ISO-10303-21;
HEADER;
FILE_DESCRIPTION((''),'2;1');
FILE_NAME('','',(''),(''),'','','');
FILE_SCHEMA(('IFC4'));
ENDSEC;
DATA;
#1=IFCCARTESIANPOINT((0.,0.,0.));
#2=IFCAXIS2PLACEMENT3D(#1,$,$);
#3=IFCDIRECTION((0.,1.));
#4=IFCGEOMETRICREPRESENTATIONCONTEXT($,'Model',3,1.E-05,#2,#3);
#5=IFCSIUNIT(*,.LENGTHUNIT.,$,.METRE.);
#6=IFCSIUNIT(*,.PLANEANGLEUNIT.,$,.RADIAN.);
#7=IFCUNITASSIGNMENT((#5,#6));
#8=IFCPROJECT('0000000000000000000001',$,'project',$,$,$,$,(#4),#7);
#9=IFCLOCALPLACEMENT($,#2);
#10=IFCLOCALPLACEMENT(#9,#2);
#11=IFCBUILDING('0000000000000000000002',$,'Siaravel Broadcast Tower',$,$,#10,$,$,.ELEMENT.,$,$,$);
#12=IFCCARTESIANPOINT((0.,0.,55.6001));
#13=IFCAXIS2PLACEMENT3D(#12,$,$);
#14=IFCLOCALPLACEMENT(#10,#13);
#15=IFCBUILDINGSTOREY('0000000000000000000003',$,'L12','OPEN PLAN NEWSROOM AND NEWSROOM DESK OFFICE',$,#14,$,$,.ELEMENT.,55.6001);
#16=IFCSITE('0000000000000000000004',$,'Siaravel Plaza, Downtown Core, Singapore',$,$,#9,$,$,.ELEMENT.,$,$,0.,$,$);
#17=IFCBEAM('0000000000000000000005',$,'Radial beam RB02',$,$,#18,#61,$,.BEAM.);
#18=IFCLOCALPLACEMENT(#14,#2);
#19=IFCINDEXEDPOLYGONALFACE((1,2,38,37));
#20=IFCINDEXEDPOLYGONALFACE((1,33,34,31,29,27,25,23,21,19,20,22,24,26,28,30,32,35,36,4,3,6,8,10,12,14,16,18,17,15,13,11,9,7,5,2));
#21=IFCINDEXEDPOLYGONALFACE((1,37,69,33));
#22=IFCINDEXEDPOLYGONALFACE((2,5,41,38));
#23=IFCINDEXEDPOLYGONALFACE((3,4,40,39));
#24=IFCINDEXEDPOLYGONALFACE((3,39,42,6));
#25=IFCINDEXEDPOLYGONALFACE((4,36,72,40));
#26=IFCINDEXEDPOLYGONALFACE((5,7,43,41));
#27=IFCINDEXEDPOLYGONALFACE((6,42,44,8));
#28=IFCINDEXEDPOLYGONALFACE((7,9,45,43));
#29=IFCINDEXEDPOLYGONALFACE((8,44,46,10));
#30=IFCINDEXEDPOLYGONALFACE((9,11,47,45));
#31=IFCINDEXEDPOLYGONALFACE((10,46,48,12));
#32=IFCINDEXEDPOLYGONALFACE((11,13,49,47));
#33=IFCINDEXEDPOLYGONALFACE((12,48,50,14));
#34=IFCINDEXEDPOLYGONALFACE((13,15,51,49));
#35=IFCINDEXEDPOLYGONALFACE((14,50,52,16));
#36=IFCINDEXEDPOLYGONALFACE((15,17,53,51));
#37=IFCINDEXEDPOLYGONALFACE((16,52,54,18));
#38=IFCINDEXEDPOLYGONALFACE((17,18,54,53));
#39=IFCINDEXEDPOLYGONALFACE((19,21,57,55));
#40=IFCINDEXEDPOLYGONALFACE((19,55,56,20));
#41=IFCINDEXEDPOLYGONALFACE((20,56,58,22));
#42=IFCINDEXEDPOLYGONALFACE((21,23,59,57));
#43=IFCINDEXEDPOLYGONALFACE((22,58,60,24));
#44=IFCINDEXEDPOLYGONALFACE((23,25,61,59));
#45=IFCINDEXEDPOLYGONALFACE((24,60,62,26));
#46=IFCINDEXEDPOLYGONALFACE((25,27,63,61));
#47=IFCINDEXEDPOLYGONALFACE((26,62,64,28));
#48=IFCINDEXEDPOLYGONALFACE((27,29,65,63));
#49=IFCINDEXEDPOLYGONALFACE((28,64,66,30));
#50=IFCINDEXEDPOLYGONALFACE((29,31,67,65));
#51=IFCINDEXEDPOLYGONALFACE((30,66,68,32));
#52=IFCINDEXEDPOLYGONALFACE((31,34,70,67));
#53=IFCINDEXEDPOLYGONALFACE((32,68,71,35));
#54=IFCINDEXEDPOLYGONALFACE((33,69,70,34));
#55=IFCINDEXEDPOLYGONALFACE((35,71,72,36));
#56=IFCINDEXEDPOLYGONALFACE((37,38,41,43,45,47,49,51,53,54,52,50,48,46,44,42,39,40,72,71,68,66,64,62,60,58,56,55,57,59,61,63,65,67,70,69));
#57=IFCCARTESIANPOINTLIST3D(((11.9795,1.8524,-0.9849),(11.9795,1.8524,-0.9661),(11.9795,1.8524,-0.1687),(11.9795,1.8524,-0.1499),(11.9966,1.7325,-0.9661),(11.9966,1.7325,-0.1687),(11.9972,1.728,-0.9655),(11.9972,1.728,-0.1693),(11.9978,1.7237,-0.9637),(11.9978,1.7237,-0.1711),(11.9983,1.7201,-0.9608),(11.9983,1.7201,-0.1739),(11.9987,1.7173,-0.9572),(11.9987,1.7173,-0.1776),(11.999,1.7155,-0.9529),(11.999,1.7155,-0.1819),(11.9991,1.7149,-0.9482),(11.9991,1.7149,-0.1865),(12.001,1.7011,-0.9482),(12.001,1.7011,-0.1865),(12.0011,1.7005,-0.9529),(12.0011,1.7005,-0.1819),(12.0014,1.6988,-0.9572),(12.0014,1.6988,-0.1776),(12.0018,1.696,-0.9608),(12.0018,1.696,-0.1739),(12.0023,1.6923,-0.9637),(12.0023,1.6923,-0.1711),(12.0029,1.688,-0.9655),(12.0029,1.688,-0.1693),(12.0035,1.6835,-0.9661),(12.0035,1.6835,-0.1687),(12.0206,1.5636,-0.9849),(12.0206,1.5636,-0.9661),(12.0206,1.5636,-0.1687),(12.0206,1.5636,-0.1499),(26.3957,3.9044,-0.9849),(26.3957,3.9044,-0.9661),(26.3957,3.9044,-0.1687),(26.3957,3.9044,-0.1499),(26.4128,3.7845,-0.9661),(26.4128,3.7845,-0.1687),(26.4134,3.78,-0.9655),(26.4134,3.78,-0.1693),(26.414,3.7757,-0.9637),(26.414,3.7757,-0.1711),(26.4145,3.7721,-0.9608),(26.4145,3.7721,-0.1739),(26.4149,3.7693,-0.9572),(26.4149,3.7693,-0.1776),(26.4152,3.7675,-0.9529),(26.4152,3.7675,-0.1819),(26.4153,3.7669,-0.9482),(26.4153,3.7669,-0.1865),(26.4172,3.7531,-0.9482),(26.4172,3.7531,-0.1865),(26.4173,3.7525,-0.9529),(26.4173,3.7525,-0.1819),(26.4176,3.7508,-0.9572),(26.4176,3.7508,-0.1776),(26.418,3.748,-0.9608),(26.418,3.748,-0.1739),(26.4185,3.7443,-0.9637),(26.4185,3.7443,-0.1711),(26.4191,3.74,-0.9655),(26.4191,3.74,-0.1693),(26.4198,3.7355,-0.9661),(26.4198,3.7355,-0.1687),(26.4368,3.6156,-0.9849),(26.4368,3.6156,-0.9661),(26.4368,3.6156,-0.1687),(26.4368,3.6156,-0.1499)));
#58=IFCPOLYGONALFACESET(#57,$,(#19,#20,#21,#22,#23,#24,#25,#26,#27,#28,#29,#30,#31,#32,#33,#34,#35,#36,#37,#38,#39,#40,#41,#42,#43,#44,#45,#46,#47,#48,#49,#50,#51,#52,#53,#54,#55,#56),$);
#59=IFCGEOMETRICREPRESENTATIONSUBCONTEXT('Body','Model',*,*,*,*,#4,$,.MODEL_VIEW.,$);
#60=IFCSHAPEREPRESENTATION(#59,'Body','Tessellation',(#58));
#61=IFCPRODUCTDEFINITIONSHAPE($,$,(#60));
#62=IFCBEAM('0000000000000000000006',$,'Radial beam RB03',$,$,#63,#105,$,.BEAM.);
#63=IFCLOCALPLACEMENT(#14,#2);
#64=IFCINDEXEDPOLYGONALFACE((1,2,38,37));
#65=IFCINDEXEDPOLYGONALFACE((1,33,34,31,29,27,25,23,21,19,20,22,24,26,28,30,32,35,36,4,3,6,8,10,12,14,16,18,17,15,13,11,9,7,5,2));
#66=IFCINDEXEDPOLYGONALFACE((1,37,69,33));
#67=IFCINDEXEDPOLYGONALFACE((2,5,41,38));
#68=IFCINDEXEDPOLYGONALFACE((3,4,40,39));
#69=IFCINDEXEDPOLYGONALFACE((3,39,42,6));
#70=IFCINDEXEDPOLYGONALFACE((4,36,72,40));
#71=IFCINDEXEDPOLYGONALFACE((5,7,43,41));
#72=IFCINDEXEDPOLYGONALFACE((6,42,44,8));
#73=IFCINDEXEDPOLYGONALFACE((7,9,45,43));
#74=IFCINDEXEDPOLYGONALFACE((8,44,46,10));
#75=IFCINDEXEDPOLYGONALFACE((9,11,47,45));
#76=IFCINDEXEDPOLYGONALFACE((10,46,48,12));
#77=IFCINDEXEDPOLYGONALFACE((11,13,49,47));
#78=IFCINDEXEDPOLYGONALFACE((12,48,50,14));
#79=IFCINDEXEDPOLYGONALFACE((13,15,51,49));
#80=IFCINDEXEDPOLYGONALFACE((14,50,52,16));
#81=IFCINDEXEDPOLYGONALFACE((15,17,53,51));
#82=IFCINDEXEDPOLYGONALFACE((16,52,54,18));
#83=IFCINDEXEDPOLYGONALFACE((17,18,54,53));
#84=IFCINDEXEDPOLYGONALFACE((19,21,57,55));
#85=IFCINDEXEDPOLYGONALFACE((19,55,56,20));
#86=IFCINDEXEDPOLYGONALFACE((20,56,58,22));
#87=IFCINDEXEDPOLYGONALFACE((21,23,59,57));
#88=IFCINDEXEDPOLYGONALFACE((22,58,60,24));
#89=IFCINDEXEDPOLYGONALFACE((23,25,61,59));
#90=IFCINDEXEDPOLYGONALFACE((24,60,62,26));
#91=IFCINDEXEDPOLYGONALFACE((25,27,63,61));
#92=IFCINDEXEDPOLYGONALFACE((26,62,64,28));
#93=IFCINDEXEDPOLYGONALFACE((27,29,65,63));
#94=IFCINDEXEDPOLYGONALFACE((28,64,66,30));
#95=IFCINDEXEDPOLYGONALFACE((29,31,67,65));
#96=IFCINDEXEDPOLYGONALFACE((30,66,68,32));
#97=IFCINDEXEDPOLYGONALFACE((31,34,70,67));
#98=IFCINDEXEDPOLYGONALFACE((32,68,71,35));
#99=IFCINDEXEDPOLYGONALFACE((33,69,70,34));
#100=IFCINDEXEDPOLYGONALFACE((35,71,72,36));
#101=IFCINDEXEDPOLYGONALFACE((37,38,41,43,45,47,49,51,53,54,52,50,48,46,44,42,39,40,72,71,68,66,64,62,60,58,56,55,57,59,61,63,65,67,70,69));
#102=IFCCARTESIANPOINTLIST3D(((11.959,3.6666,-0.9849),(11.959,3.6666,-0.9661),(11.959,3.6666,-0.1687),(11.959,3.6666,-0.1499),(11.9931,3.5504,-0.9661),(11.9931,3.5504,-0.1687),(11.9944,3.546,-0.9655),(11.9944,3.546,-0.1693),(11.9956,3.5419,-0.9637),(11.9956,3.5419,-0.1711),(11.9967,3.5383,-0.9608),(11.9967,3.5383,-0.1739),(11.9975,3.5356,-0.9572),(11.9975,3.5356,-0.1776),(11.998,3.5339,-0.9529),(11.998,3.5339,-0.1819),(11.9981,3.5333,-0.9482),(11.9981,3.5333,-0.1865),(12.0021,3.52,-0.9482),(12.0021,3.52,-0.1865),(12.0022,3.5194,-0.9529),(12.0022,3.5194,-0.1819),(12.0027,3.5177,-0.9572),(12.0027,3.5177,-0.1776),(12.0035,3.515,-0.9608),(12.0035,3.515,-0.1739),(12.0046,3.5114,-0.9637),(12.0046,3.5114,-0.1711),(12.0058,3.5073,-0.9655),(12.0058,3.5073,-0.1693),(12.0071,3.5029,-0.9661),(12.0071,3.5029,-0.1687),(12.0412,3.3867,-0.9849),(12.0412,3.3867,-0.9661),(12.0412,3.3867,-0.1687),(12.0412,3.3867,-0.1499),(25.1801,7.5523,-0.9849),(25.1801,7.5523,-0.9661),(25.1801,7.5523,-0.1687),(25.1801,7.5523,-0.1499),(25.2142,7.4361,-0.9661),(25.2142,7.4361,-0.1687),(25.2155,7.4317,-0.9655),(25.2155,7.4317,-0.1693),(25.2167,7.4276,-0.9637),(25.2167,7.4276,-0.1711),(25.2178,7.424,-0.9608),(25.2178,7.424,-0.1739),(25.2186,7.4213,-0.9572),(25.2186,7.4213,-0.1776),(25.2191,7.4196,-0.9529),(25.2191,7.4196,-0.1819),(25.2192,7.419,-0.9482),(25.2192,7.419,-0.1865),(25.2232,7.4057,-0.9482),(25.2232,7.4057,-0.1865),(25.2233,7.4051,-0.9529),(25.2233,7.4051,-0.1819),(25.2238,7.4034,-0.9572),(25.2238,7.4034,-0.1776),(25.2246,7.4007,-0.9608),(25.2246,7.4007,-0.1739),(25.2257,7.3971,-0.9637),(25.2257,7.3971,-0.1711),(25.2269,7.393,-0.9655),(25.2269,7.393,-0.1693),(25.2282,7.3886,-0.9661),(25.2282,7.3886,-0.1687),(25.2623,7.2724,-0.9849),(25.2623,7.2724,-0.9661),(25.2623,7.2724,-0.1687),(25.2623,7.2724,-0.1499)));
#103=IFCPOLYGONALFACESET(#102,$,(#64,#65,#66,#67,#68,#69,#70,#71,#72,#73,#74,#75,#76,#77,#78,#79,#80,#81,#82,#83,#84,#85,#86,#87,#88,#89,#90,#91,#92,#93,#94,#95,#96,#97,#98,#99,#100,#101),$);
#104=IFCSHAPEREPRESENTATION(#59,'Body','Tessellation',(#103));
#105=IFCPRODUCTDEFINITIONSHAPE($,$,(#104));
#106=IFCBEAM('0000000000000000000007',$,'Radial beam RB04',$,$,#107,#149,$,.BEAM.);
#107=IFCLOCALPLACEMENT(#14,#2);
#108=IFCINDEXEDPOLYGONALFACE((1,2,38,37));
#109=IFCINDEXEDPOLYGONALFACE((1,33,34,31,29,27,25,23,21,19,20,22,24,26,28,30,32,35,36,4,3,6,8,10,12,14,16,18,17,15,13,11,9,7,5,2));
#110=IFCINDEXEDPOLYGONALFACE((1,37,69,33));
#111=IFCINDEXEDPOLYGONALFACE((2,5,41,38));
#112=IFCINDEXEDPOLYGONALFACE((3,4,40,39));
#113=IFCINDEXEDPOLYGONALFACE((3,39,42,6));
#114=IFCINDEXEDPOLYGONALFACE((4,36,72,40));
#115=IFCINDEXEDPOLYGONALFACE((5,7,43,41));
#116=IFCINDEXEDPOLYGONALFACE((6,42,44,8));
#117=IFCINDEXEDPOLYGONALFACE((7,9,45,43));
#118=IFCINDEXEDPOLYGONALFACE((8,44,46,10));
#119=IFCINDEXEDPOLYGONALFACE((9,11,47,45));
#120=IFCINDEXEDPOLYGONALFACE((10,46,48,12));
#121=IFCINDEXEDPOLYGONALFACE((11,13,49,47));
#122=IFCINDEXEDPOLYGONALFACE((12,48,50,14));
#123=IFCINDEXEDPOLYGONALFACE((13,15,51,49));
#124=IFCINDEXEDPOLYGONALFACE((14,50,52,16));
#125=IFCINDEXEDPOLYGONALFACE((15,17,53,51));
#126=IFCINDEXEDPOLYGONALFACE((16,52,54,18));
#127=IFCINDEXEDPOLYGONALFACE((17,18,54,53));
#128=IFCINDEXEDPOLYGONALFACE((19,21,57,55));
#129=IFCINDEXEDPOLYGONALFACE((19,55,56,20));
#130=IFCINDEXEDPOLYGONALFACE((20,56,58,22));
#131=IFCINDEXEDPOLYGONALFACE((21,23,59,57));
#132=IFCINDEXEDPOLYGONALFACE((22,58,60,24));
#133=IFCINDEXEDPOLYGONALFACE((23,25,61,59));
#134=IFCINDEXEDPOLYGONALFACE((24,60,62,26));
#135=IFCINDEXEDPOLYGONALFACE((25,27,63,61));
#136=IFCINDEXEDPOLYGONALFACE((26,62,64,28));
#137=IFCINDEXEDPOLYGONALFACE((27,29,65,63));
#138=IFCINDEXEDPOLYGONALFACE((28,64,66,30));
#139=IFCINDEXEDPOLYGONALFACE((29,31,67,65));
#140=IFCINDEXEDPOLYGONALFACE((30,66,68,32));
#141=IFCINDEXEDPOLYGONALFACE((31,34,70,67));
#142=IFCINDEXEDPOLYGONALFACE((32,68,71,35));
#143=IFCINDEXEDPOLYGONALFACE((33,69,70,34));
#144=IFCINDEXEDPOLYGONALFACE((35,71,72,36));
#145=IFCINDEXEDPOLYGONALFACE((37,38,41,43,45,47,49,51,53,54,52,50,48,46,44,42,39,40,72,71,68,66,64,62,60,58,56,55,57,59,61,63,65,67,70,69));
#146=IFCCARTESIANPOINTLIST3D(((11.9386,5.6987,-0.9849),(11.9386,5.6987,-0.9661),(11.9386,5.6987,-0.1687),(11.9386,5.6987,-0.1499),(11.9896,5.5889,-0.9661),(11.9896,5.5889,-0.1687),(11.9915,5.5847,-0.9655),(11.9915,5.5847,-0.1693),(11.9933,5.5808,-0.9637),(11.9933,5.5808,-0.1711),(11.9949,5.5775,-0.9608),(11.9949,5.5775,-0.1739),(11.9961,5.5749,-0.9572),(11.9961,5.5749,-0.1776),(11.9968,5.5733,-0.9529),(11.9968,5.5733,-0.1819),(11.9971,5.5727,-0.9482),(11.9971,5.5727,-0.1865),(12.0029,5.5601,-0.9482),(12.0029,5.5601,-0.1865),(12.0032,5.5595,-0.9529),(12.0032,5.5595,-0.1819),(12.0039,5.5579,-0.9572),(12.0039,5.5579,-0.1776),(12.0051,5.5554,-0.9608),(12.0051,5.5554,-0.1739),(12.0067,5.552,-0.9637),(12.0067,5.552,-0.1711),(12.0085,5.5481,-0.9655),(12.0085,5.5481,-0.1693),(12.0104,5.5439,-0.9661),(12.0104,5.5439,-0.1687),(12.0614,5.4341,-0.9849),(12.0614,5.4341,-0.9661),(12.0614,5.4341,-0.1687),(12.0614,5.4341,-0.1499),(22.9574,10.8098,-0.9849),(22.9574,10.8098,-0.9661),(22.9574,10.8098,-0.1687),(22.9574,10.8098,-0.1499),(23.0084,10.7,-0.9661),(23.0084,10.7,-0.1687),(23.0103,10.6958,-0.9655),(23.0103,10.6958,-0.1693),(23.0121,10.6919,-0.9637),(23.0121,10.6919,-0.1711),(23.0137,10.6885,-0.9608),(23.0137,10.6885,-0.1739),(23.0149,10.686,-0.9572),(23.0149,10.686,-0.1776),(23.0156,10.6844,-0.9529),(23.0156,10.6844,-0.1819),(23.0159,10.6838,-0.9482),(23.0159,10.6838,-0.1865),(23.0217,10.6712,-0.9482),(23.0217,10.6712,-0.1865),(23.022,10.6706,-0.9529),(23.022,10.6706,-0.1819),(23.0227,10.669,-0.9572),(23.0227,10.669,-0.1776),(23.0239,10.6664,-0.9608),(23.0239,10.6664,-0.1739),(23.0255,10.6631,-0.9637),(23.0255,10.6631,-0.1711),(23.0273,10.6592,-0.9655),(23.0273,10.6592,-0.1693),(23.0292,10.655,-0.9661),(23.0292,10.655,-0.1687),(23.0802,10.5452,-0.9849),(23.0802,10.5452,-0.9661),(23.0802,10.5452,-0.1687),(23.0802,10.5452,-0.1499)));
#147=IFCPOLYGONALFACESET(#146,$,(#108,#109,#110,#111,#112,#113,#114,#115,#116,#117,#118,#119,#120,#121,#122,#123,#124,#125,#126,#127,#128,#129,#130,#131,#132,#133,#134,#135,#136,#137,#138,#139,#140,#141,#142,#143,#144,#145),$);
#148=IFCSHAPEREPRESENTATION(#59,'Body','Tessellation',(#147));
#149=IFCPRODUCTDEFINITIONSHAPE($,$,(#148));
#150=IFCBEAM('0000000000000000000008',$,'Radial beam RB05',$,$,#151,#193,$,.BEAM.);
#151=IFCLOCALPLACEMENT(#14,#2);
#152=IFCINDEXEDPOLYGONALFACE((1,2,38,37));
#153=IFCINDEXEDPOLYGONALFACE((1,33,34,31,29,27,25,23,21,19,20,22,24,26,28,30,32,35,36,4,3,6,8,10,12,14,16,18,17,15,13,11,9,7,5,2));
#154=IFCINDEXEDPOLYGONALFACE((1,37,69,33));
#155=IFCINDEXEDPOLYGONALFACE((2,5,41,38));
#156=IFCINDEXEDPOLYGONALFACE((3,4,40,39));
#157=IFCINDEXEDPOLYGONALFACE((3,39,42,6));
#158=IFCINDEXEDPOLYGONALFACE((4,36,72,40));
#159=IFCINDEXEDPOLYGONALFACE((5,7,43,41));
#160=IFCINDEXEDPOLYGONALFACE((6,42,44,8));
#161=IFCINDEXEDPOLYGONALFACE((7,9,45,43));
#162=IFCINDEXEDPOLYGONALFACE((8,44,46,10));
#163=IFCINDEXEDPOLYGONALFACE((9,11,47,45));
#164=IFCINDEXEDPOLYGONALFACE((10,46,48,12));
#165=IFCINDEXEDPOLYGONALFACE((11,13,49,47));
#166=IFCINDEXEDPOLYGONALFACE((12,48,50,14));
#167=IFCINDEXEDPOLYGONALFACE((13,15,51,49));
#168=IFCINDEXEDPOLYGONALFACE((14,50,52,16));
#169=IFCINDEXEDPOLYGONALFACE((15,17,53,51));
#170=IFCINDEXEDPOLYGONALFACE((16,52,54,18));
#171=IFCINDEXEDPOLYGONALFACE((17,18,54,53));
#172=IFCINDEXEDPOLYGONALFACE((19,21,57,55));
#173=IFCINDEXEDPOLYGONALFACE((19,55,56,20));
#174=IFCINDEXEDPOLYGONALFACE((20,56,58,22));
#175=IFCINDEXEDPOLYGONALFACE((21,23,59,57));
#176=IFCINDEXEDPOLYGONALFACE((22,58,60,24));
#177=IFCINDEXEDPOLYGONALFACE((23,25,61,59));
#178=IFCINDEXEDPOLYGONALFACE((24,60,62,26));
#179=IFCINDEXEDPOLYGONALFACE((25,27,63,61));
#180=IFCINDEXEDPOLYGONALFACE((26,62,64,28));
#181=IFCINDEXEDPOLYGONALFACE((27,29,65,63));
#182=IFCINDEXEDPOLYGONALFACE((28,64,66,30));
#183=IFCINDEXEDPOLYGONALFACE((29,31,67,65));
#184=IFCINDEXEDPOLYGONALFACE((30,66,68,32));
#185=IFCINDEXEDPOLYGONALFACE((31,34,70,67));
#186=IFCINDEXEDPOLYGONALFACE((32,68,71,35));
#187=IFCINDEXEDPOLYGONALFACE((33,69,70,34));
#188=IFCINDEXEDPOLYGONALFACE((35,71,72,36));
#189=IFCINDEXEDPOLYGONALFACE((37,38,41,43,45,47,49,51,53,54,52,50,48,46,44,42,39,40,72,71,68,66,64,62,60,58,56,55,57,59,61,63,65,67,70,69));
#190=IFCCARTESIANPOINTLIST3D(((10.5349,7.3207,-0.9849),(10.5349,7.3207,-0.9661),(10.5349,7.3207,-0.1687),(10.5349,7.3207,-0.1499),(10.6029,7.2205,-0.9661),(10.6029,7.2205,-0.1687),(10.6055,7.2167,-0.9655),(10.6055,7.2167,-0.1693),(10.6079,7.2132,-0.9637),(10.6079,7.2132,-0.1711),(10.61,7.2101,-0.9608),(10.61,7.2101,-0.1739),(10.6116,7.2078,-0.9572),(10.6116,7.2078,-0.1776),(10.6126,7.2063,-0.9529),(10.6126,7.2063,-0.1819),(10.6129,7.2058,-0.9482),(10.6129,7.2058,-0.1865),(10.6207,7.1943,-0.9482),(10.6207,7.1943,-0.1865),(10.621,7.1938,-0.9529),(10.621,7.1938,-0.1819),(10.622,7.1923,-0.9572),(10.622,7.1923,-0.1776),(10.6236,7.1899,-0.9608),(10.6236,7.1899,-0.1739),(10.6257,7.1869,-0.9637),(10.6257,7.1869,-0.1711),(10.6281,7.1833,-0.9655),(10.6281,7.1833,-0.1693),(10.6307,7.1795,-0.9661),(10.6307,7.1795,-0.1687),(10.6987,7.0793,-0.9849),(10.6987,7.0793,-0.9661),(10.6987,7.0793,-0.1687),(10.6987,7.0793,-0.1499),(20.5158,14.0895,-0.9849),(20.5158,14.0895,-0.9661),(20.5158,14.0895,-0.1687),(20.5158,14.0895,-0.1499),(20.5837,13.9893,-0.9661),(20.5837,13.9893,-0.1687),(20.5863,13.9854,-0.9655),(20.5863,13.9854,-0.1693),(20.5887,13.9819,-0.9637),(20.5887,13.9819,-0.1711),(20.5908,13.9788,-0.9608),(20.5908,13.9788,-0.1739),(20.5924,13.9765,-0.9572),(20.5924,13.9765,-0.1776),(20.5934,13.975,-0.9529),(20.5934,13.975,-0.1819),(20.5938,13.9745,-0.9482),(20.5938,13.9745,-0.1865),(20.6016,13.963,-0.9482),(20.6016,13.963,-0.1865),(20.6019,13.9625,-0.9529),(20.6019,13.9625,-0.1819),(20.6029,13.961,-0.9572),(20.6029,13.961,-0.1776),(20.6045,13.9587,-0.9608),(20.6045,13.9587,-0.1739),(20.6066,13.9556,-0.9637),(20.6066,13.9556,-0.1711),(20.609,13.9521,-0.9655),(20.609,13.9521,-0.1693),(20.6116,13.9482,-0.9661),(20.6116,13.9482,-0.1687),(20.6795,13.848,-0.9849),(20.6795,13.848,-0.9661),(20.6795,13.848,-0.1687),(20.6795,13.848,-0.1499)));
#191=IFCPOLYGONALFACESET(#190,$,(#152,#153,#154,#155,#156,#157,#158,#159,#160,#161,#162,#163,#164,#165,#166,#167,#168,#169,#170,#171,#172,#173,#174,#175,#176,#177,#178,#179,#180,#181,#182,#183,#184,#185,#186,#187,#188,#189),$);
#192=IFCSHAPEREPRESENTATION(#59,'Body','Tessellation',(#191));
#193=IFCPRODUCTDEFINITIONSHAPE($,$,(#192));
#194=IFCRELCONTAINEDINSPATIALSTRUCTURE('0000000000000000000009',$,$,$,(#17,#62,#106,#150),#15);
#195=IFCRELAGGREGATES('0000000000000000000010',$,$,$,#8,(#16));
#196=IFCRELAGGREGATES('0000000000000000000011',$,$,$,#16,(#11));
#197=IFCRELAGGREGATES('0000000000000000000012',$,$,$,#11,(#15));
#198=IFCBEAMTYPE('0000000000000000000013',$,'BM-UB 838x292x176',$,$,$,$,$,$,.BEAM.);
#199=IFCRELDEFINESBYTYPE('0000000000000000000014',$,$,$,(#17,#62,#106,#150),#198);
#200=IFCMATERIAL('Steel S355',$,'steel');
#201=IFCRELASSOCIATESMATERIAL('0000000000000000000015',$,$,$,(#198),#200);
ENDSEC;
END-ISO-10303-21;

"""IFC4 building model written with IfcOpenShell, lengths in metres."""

from ifc_helpers import new_model, si_unit, direction, frame, origin, origin_2d, place, context, subcontext, project, spatial, i_section, extrude, material, material_profile, profile_set, type_object, element, save


model = new_model("IFC4")

# Units and contexts
model_context = context("Model", 3, precision=1e-05, world=origin(), true_north=direction((0.0, 1.0)))
body_context = subcontext(model_context, "Body", "Model", "MODEL_VIEW")
ifc_project = project(units=[si_unit("LENGTHUNIT", "METRE"), si_unit("PLANEANGLEUNIT", "RADIAN")], contexts=[model_context])

# Site, building, storey
site_placement = place(None, origin())
site = spatial("IfcSite", under=ifc_project, at=site_placement, Name="Siaravel Plaza, Downtown Core, Singapore", CompositionType="ELEMENT", RefElevation=0.0)
building_placement = place(site_placement, origin())
building = spatial("IfcBuilding", under=site, at=building_placement, Name="Siaravel Broadcast Tower", CompositionType="ELEMENT")
storey_placement = place(building_placement, frame((0.0, 0.0, 55.6001)))
storey = spatial("IfcBuildingStorey", under=building, at=storey_placement, Name="L12", Description="OPEN PLAN NEWSROOM AND NEWSROOM DESK OFFICE", CompositionType="ELEMENT", Elevation=55.6001)

# Beams
ifc_material_1 = material(Name="Steel S355", Category="steel")
ifc_material_profile_1 = material_profile(ifc_material_1, i_section(OverallWidth=0.2917, OverallDepth=0.835, WebThickness=0.0139, FlangeThickness=0.0188, FilletRadius=0.0178, at=origin_2d()))
ifc_profile_set_1 = profile_set([ifc_material_profile_1], Name="Steel S355")
beam_type = type_object("IfcBeamType", Name="BM-UB 838x292x176", PredefinedType="BEAM", material=ifc_profile_set_1)
beam_1_placement = place(storey_placement, frame((26.4163, 3.76, -0.5674), z_axis=(-0.990021, -0.140919, 0.0), x_axis=(0.140919, -0.990021, 0.0)))
element("IfcBeam", 1, at=beam_1_placement, inside=storey, type_object=beam_type, Name="Radial beam RB02", PredefinedType="BEAM", context=body_context, shape_type="SweptSolid", body=[
    extrude(i_section(OverallWidth=0.2917, OverallDepth=0.835, WebThickness=0.0139, FlangeThickness=0.0188, FilletRadius=0.0178, at=origin_2d()), origin(), (0.0, 0.0, 1.0), 14.5615),
])
beam_2_placement = place(storey_placement, frame((25.2212, 7.4124, -0.5674), z_axis=(-0.959421, -0.281976, 0.0), x_axis=(0.281976, -0.959421, 0.0)))
element("IfcBeam", 2, at=beam_2_placement, inside=storey, type_object=beam_type, Name="Radial beam RB03", PredefinedType="BEAM", context=body_context, shape_type="SweptSolid", body=[
    extrude(i_section(OverallWidth=0.2917, OverallDepth=0.835, WebThickness=0.0139, FlangeThickness=0.0188, FilletRadius=0.0178, at=origin_2d()), origin(), (0.0, 0.0, 1.0), 13.7803),
])
beam_3_placement = place(storey_placement, frame((23.0188, 10.6775, -0.5674), z_axis=(-0.907159, -0.420787, 0.0), x_axis=(0.420787, -0.907159, 0.0)))
element("IfcBeam", 3, at=beam_3_placement, inside=storey, type_object=beam_type, Name="Radial beam RB04", PredefinedType="BEAM", context=body_context, shape_type="SweptSolid", body=[
    extrude(i_section(OverallWidth=0.2917, OverallDepth=0.835, WebThickness=0.0139, FlangeThickness=0.0188, FilletRadius=0.0178, at=origin_2d()), origin(), (0.0, 0.0, 1.0), 12.1465),
])
beam_4_placement = place(storey_placement, frame((20.5977, 13.9688, -0.5674), z_axis=(-0.82763, -0.561275, 0.0), x_axis=(0.561275, -0.82763, 0.0)))
element("IfcBeam", 4, at=beam_4_placement, inside=storey, type_object=beam_type, Name="Radial beam RB05", PredefinedType="BEAM", context=body_context, shape_type="SweptSolid", body=[
    extrude(i_section(OverallWidth=0.2917, OverallDepth=0.835, WebThickness=0.0139, FlangeThickness=0.0188, FilletRadius=0.0178, at=origin_2d()), origin(), (0.0, 0.0, 1.0), 12.0596),
])

save(model, "model.ifc")
